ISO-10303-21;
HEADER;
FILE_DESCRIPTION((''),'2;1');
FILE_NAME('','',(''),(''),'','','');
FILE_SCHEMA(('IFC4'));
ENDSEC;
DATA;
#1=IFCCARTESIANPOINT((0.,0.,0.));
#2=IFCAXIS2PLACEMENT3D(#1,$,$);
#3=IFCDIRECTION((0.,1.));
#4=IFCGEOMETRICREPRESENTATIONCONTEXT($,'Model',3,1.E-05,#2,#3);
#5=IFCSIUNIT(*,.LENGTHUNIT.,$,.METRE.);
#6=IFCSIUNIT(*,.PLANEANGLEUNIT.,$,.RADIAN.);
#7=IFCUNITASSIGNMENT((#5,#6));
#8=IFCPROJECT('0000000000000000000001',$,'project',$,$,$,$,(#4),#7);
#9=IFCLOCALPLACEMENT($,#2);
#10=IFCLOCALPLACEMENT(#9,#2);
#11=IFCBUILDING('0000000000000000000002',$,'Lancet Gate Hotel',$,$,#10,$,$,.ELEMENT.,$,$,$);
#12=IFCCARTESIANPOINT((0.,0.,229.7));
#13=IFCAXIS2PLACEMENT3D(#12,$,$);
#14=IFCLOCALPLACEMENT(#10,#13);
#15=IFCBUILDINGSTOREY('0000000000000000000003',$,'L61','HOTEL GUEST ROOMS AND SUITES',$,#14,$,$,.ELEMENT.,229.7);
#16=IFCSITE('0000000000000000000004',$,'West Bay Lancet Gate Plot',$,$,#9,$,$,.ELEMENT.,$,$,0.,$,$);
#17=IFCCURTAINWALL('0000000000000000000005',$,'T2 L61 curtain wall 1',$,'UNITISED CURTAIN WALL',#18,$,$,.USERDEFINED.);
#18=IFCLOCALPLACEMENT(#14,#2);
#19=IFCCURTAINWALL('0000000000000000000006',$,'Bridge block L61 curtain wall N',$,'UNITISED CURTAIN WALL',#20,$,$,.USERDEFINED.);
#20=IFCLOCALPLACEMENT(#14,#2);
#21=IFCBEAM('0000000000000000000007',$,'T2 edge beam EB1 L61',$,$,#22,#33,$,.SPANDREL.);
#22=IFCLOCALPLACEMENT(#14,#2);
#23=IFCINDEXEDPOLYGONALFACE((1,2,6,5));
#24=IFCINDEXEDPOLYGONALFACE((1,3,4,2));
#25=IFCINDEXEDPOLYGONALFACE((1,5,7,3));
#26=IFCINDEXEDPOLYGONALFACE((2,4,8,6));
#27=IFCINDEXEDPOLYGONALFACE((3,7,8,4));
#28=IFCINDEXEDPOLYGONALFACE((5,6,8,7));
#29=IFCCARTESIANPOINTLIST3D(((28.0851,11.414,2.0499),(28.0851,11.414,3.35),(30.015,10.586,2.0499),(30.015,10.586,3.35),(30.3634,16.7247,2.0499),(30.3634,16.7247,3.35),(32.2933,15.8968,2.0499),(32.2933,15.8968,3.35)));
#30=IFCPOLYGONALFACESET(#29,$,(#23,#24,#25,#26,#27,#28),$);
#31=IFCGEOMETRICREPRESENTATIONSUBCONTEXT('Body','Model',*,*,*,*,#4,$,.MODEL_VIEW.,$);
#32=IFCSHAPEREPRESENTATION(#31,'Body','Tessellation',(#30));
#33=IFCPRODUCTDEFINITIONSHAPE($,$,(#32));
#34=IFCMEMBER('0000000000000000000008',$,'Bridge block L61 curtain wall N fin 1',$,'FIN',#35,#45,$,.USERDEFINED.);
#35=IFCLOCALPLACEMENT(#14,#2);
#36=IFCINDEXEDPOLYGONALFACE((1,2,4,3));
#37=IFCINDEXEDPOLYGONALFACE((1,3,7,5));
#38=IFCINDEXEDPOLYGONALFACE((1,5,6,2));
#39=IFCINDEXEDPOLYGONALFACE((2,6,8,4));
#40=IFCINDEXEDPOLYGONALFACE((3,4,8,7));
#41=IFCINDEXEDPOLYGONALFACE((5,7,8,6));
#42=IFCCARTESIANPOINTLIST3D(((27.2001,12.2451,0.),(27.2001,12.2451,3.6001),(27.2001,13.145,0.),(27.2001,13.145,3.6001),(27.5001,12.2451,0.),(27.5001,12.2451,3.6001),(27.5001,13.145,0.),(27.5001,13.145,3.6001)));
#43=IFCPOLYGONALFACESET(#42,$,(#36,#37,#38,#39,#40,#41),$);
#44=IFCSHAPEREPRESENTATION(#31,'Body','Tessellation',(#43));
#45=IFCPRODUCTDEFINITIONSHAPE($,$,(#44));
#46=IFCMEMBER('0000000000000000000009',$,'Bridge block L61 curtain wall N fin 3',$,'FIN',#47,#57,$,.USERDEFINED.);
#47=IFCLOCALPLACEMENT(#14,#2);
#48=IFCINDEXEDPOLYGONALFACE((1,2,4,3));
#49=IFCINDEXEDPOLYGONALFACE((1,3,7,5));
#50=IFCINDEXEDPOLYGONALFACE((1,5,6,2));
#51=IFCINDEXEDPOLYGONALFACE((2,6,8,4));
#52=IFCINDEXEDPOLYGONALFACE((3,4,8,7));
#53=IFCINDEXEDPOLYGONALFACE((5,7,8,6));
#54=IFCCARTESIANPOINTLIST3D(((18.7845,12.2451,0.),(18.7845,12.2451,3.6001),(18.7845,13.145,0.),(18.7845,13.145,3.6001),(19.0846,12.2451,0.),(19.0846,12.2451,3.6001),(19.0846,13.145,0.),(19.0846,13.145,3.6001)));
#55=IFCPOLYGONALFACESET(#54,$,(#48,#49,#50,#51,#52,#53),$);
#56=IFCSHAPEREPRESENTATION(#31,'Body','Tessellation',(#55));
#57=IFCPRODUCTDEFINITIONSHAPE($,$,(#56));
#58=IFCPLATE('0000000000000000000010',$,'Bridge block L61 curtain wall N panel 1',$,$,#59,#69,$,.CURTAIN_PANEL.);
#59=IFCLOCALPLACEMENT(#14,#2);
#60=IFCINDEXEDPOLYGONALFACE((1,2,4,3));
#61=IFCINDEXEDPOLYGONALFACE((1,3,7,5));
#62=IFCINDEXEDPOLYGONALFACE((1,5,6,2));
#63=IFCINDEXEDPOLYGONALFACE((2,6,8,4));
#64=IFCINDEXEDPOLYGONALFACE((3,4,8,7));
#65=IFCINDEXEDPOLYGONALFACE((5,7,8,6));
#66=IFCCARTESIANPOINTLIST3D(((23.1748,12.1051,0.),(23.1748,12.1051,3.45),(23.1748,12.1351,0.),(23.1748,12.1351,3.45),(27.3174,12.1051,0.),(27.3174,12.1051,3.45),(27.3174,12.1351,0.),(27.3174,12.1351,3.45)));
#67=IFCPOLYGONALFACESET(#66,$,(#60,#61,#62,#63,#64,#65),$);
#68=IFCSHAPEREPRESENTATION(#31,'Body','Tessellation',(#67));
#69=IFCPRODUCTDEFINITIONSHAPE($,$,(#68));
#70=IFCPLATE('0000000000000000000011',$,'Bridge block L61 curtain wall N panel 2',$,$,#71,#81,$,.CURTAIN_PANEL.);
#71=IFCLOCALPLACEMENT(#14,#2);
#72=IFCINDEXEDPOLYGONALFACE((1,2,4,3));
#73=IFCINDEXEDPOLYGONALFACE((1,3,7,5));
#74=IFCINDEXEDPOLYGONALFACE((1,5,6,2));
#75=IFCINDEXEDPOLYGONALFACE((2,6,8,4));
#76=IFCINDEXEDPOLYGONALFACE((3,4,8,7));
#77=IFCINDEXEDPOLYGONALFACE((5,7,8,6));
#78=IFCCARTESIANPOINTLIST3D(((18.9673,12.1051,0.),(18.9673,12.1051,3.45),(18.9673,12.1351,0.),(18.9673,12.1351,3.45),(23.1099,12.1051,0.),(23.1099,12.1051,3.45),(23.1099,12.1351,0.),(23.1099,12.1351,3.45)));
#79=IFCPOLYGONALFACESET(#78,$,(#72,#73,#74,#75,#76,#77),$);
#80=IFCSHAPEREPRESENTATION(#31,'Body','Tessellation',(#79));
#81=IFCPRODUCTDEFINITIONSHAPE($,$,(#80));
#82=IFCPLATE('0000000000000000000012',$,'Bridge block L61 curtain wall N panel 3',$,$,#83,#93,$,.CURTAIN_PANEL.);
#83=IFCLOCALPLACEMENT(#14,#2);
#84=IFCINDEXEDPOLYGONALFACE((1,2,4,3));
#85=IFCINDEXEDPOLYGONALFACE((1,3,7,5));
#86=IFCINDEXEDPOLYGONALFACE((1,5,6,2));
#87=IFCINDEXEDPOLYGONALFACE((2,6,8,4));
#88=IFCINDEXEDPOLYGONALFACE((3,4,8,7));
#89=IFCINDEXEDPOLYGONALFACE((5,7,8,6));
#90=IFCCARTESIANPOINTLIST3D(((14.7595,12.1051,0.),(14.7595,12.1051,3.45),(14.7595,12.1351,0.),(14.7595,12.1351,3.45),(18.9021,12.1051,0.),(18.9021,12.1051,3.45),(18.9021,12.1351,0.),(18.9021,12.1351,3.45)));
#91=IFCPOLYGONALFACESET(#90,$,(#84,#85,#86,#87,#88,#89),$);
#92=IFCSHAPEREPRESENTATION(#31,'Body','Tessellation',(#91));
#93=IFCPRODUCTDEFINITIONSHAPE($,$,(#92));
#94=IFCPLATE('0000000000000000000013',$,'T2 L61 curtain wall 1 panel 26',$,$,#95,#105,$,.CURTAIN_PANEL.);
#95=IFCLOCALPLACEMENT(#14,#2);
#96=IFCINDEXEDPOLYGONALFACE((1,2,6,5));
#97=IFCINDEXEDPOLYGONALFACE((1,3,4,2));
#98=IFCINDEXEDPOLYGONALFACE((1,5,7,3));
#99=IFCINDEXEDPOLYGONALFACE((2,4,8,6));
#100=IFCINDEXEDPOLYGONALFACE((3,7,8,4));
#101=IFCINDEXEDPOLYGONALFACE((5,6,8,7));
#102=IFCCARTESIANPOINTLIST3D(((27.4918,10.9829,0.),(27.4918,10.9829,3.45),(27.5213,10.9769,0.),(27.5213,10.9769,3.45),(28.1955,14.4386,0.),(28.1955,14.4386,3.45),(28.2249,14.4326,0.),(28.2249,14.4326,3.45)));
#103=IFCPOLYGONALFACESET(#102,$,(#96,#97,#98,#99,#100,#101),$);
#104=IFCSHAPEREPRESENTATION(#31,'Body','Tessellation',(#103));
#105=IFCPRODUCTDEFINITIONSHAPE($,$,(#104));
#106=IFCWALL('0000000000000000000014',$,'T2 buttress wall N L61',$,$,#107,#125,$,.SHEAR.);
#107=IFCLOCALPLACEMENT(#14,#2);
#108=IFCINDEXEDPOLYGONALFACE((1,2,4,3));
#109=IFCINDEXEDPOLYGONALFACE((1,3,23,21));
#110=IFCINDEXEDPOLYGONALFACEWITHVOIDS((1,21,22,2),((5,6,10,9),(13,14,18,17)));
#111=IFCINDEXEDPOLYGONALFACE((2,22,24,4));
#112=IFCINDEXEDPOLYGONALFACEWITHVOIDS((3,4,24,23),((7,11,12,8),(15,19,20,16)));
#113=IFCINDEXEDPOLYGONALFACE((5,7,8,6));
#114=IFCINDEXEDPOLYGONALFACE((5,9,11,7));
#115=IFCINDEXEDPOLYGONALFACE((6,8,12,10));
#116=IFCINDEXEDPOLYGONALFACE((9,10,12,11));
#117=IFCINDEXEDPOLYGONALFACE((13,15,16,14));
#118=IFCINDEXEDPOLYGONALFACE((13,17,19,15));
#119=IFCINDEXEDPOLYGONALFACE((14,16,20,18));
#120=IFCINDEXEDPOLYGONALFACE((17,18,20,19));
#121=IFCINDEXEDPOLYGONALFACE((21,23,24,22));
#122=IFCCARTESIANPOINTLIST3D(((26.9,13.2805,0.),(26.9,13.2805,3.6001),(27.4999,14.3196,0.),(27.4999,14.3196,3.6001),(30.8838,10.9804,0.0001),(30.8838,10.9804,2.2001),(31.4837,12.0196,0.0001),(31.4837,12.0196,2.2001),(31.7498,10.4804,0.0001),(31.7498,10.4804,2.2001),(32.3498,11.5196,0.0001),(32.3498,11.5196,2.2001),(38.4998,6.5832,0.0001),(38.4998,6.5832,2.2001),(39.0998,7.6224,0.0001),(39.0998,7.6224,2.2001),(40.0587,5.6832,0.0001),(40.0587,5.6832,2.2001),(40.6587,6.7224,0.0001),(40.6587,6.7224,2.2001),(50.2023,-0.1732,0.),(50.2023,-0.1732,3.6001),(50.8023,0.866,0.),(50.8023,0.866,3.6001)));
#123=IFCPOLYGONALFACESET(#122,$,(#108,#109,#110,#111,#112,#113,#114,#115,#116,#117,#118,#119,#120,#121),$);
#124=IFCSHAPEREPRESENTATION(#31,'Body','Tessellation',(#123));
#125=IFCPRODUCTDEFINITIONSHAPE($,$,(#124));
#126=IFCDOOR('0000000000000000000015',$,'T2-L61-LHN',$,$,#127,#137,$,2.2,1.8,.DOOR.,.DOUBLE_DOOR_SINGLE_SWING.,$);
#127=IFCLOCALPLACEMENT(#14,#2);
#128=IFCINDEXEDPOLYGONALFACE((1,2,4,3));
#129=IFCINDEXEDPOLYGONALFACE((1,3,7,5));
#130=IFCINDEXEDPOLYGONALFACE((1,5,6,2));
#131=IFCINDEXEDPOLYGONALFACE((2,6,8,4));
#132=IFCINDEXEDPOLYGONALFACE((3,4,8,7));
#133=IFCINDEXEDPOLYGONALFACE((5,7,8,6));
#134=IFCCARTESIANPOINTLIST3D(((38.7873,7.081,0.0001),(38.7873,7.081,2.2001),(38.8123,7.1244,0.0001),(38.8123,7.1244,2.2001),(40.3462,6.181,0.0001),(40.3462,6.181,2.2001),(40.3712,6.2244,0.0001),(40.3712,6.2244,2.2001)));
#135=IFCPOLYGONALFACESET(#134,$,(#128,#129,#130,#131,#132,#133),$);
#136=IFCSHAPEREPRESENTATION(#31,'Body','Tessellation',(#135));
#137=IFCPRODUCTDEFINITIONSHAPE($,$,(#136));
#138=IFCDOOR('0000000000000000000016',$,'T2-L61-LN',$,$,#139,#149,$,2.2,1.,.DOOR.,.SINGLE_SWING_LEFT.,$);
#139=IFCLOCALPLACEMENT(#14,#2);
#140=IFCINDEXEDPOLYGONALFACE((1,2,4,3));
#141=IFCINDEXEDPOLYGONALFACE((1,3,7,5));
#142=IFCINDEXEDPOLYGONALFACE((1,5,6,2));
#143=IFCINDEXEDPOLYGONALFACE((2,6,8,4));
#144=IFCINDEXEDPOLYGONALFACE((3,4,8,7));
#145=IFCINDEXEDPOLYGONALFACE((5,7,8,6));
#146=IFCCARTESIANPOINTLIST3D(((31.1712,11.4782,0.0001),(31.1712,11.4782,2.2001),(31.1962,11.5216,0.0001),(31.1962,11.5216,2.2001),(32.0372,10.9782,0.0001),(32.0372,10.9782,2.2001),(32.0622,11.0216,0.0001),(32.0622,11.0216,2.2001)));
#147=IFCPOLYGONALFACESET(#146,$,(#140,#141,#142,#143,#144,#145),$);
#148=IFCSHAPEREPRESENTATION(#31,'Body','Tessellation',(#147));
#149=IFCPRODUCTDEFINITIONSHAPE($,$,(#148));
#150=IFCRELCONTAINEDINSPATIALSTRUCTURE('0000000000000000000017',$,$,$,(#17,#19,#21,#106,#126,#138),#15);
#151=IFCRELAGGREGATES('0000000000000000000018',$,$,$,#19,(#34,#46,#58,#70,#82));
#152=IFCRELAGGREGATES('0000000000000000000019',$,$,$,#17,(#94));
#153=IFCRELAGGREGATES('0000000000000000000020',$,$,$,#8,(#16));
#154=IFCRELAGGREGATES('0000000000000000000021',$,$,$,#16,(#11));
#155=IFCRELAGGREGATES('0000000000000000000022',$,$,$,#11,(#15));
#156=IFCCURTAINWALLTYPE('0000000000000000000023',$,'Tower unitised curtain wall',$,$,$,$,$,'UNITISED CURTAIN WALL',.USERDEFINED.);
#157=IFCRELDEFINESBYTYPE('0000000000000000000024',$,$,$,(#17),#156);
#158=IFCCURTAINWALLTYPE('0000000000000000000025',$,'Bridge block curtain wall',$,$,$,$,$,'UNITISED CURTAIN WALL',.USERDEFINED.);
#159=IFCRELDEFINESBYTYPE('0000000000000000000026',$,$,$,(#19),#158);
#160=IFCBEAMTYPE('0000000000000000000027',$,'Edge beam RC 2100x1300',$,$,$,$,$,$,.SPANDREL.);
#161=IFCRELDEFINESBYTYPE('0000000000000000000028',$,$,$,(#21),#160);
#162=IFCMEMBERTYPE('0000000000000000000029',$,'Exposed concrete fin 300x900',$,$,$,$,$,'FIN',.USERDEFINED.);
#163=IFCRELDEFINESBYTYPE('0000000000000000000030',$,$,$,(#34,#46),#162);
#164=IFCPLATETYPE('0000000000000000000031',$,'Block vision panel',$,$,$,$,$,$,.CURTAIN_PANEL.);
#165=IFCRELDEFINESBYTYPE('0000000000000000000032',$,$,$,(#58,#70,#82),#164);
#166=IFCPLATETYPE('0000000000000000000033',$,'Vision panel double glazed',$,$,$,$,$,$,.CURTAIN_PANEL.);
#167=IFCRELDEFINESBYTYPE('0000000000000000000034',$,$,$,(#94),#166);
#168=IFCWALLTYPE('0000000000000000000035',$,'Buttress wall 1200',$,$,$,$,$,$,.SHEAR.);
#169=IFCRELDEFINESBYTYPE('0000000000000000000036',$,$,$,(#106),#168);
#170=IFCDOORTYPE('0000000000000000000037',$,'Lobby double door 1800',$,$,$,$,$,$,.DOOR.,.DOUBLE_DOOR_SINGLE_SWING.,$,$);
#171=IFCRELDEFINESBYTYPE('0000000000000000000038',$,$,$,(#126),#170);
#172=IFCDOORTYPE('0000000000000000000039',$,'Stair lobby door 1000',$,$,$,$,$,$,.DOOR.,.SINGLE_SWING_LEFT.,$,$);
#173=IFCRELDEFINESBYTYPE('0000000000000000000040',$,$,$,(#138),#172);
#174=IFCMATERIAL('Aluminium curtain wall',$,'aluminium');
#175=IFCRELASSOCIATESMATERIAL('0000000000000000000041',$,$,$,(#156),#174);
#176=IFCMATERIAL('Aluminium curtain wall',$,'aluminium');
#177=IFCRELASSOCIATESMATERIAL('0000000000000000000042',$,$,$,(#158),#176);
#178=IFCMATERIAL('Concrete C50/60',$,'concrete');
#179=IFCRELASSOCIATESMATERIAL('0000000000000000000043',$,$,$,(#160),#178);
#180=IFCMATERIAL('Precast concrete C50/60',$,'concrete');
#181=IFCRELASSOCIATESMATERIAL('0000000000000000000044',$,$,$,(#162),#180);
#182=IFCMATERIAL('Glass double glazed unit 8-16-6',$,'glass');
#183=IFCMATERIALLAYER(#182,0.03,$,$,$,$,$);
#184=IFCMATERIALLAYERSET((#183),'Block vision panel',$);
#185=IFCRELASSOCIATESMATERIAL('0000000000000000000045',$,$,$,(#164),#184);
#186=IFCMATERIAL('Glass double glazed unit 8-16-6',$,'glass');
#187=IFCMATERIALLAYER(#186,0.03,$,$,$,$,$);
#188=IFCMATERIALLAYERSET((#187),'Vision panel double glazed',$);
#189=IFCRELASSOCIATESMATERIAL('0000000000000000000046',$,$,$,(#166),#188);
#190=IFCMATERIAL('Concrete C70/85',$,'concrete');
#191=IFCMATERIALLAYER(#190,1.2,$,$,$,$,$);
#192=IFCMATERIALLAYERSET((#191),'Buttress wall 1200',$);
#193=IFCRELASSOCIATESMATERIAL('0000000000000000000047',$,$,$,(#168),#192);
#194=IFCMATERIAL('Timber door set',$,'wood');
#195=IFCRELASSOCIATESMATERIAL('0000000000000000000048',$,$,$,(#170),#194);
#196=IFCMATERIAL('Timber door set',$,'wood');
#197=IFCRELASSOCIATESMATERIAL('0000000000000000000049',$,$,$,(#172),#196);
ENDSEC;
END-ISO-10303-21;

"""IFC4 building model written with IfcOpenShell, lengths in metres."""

from ifc_helpers import new_model, si_unit, direction, frame, frame_2d, origin, origin_2d, place, context, subcontext, project, spatial, rectangle, extrude, material, layer, layer_set, material_profile, profile_set, type_object, element, fill, aggregate, save


model = new_model("IFC4")

# Units and contexts
model_context = context("Model", 3, precision=1e-05, world=origin(), true_north=direction((0.0, 1.0)))
body_context = subcontext(model_context, "Body", "Model", "MODEL_VIEW")
ifc_project = project(units=[si_unit("LENGTHUNIT", "METRE"), si_unit("PLANEANGLEUNIT", "RADIAN")], contexts=[model_context])

# Site, building, storey
site_placement = place(None, origin())
site = spatial("IfcSite", under=ifc_project, at=site_placement, Name="West Bay Lancet Gate Plot", CompositionType="ELEMENT", RefElevation=0.0)
building_placement = place(site_placement, origin())
building = spatial("IfcBuilding", under=site, at=building_placement, Name="Lancet Gate Hotel", CompositionType="ELEMENT")
storey_placement = place(building_placement, frame((0.0, 0.0, 229.7)))
storey = spatial("IfcBuildingStorey", under=building, at=storey_placement, Name="L61", Description="HOTEL GUEST ROOMS AND SUITES", CompositionType="ELEMENT", Elevation=229.7)

# Curtain wall
ifc_material_1 = material(Name="Aluminium curtain wall", Category="aluminium")
curtain_wall_type_1 = type_object("IfcCurtainWallType", Name="Tower unitised curtain wall", ElementType="UNITISED CURTAIN WALL", PredefinedType="USERDEFINED", material=ifc_material_1)
curtain_wall_1_placement = place(storey_placement, origin())
curtain_wall_1 = element("IfcCurtainWall", 1, at=curtain_wall_1_placement, inside=storey, type_object=curtain_wall_type_1, Name="T2 L61 curtain wall 1", ObjectType="UNITISED CURTAIN WALL", PredefinedType="USERDEFINED")

# Curtain wall
ifc_material_2 = material(Name="Aluminium curtain wall", Category="aluminium")
curtain_wall_type_2 = type_object("IfcCurtainWallType", Name="Bridge block curtain wall", ElementType="UNITISED CURTAIN WALL", PredefinedType="USERDEFINED", material=ifc_material_2)
curtain_wall_2_placement = place(storey_placement, origin())
curtain_wall_2 = element("IfcCurtainWall", 2, at=curtain_wall_2_placement, inside=storey, type_object=curtain_wall_type_2, Name="Bridge block L61 curtain wall N", ObjectType="UNITISED CURTAIN WALL", PredefinedType="USERDEFINED")

# Beam
ifc_material_3 = material(Name="Concrete C50/60", Category="concrete")
ifc_material_profile_1 = material_profile(ifc_material_3, rectangle(XDim=2.1001, YDim=1.3, at=origin_2d()), Name="RC 2100x1300")
ifc_profile_set_1 = profile_set([ifc_material_profile_1], Name="Concrete C50/60")
beam_type_1 = type_object("IfcBeamType", Name="Edge beam RC 2100x1300", PredefinedType="SPANDREL", material=ifc_profile_set_1)
beam_1_placement = place(storey_placement, frame((29.05, 11.0, 2.7), z_axis=(0.394251, 0.919003, 0.0), x_axis=(-0.919003, 0.394251, 0.0)))
element("IfcBeam", 3, at=beam_1_placement, inside=storey, type_object=beam_type_1, Name="T2 edge beam EB1 L61", PredefinedType="SPANDREL", context=body_context, shape_type="SweptSolid", body=[
    extrude(rectangle(XDim=2.1001, YDim=1.3, at=origin_2d()), origin(), (0.0, 0.0, 1.0), 5.7788),
])

# Members
ifc_material_4 = material(Name="Precast concrete C50/60", Category="concrete")
ifc_material_profile_2 = material_profile(ifc_material_4, rectangle(XDim=0.3, YDim=0.8999, at=origin_2d()), Name="FIN 300x900")
ifc_profile_set_2 = profile_set([ifc_material_profile_2], Name="Precast concrete C50/60")
member_type_1 = type_object("IfcMemberType", Name="Exposed concrete fin 300x900", ElementType="FIN", PredefinedType="USERDEFINED", material=ifc_profile_set_2)
member_1_placement = place(storey_placement, frame((27.3501, 12.6951, 0.0), z_axis=(0.0, 0.0, 1.0), x_axis=(-1.0, 0.0, 0.0)))
member_1 = element("IfcMember", 4, at=member_1_placement, type_object=member_type_1, Name="Bridge block L61 curtain wall N fin 1", ObjectType="FIN", PredefinedType="USERDEFINED", context=body_context, shape_type="SweptSolid", body=[
    extrude(rectangle(XDim=0.3, YDim=0.8999, at=origin_2d()), origin(), (0.0, 0.0, 1.0), 3.6001),
])
member_2_placement = place(storey_placement, frame((18.9346, 12.6951, 0.0), z_axis=(0.0, 0.0, 1.0), x_axis=(-1.0, 0.0, 0.0)))
member_2 = element("IfcMember", 5, at=member_2_placement, type_object=member_type_1, Name="Bridge block L61 curtain wall N fin 3", ObjectType="FIN", PredefinedType="USERDEFINED", context=body_context, shape_type="SweptSolid", body=[
    extrude(rectangle(XDim=0.3, YDim=0.8999, at=origin_2d()), origin(), (0.0, 0.0, 1.0), 3.6001),
])

# Plates
ifc_material_5 = material(Name="Glass double glazed unit 8-16-6", Category="glass")
ifc_layer_1 = layer(ifc_material_5, 0.03)
ifc_layer_set_1 = layer_set([ifc_layer_1], Name="Block vision panel")
plate_type_1 = type_object("IfcPlateType", Name="Block vision panel", PredefinedType="CURTAIN_PANEL", material=ifc_layer_set_1)
plate_1_placement = place(storey_placement, frame((25.2461, 12.1201, 0.0), z_axis=(0.0, 0.0, 1.0), x_axis=(-1.0, 0.0, 0.0)))
plate_1 = element("IfcPlate", 6, at=plate_1_placement, type_object=plate_type_1, Name="Bridge block L61 curtain wall N panel 1", PredefinedType="CURTAIN_PANEL", context=body_context, shape_type="SweptSolid", body=[
    extrude(rectangle(XDim=4.1426, YDim=0.03, at=origin_2d()), origin(), (0.0, 0.0, 1.0), 3.45),
])
plate_2_placement = place(storey_placement, frame((21.0386, 12.1201, 0.0), z_axis=(0.0, 0.0, 1.0), x_axis=(-1.0, 0.0, 0.0)))
plate_2 = element("IfcPlate", 7, at=plate_2_placement, type_object=plate_type_1, Name="Bridge block L61 curtain wall N panel 2", PredefinedType="CURTAIN_PANEL", context=body_context, shape_type="SweptSolid", body=[
    extrude(rectangle(XDim=4.1426, YDim=0.03, at=origin_2d()), origin(), (0.0, 0.0, 1.0), 3.45),
])
plate_3_placement = place(storey_placement, frame((16.8308, 12.1201, 0.0), z_axis=(0.0, 0.0, 1.0), x_axis=(-1.0, 0.0, 0.0)))
plate_3 = element("IfcPlate", 8, at=plate_3_placement, type_object=plate_type_1, Name="Bridge block L61 curtain wall N panel 3", PredefinedType="CURTAIN_PANEL", context=body_context, shape_type="SweptSolid", body=[
    extrude(rectangle(XDim=4.1426, YDim=0.03, at=origin_2d()), origin(), (0.0, 0.0, 1.0), 3.45),
])
aggregate(curtain_wall_2, [member_1, member_2, plate_1, plate_2, plate_3])
ifc_material_6 = material(Name="Glass double glazed unit 8-16-6", Category="glass")
ifc_layer_2 = layer(ifc_material_6, 0.03)
ifc_layer_set_2 = layer_set([ifc_layer_2], Name="Vision panel double glazed")
plate_type_2 = type_object("IfcPlateType", Name="Vision panel double glazed", PredefinedType="CURTAIN_PANEL", material=ifc_layer_set_2)
plate_4_placement = place(storey_placement, frame((27.8584, 12.7078, 0.0), z_axis=(0.0, 0.0, 1.0), x_axis=(-0.199533, -0.979891, 0.0)))
plate_4 = element("IfcPlate", 9, at=plate_4_placement, type_object=plate_type_2, Name="T2 L61 curtain wall 1 panel 26", PredefinedType="CURTAIN_PANEL", context=body_context, shape_type="SweptSolid", body=[
    extrude(rectangle(XDim=3.5266, YDim=0.03, at=origin_2d()), origin(), (0.0, 0.0, 1.0), 3.45),
])
aggregate(curtain_wall_1, [plate_4])

# Wall, openings, doors
ifc_material_7 = material(Name="Concrete C70/85", Category="concrete")
ifc_layer_3 = layer(ifc_material_7, 1.2)
ifc_layer_set_3 = layer_set([ifc_layer_3], Name="Buttress wall 1200")
wall_type_1 = type_object("IfcWallType", Name="Buttress wall 1200", PredefinedType="SHEAR", material=ifc_layer_set_3)
wall_1_placement = place(storey_placement, frame((27.2, 13.8, 0.0), z_axis=(0.0, 0.0, 1.0), x_axis=(0.866025, -0.500002, 0.0)))
wall_1 = element("IfcWall", 10, at=wall_1_placement, inside=storey, type_object=wall_type_1, Name="T2 buttress wall N L61", PredefinedType="SHEAR", context=body_context, shape_type="SweptSolid", body=[
    extrude(rectangle(XDim=26.9072, YDim=1.2, at=frame_2d((13.4536, 0.0))), origin(), (0.0, 0.0, 1.0), 3.6001),
])
opening_1_placement = place(wall_1_placement, frame((4.6001, 0.0, 0.0)))
opening_1 = element("IfcOpeningElement", 11, at=opening_1_placement, cuts=wall_1, PredefinedType="OPENING", context=body_context, shape_type="SweptSolid", body=[
    extrude(rectangle(XDim=1.0, YDim=2.2, at=frame_2d((0.5, 1.1001))), frame((0.0, 0.6099, 0.0), z_axis=(0.0, -1.0, 0.0), x_axis=(1.0, 0.0, 0.0)), (0.0, 0.0, 1.0), 1.22),
])
opening_2_placement = place(wall_1_placement, frame((13.3945, 0.0, 0.0)))
opening_2 = element("IfcOpeningElement", 12, at=opening_2_placement, cuts=wall_1, PredefinedType="OPENING", context=body_context, shape_type="SweptSolid", body=[
    extrude(rectangle(XDim=1.8, YDim=2.2, at=frame_2d((0.8999, 1.1001))), frame((0.0, 0.6099, 0.0), z_axis=(0.0, -1.0, 0.0), x_axis=(1.0, 0.0, 0.0)), (0.0, 0.0, 1.0), 1.22),
])
ifc_material_8 = material(Name="Timber door set", Category="wood")
door_type_1 = type_object("IfcDoorType", Name="Lobby double door 1800", OperationType="DOUBLE_DOOR_SINGLE_SWING", PredefinedType="DOOR", material=ifc_material_8)
door_1_placement = place(opening_2_placement, origin())
door_1 = element("IfcDoor", 13, at=door_1_placement, inside=storey, type_object=door_type_1, Name="T2-L61-LHN", OperationType="DOUBLE_DOOR_SINGLE_SWING", OverallHeight=2.2, OverallWidth=1.8, PredefinedType="DOOR", context=body_context, shape_type="SweptSolid", body=[
    extrude(rectangle(XDim=1.8, YDim=2.2, at=frame_2d((0.8999, 1.1001))), frame((0.0, 0.0249, 0.0), z_axis=(0.0, -1.0, 0.0), x_axis=(1.0, 0.0, 0.0)), (0.0, 0.0, 1.0), 0.05),
])
fill(opening_2, door_1)
ifc_material_9 = material(Name="Timber door set", Category="wood")
door_type_2 = type_object("IfcDoorType", Name="Stair lobby door 1000", OperationType="SINGLE_SWING_LEFT", PredefinedType="DOOR", material=ifc_material_9)
door_2_placement = place(opening_1_placement, origin())
door_2 = element("IfcDoor", 14, at=door_2_placement, inside=storey, type_object=door_type_2, Name="T2-L61-LN", OperationType="SINGLE_SWING_LEFT", OverallHeight=2.2, OverallWidth=1.0, PredefinedType="DOOR", context=body_context, shape_type="SweptSolid", body=[
    extrude(rectangle(XDim=1.0, YDim=2.2, at=frame_2d((0.5, 1.1001))), frame((0.0, 0.0249, 0.0), z_axis=(0.0, -1.0, 0.0), x_axis=(1.0, 0.0, 0.0)), (0.0, 0.0, 1.0), 0.05),
])
fill(opening_1, door_2)

save(model, "model.ifc")
